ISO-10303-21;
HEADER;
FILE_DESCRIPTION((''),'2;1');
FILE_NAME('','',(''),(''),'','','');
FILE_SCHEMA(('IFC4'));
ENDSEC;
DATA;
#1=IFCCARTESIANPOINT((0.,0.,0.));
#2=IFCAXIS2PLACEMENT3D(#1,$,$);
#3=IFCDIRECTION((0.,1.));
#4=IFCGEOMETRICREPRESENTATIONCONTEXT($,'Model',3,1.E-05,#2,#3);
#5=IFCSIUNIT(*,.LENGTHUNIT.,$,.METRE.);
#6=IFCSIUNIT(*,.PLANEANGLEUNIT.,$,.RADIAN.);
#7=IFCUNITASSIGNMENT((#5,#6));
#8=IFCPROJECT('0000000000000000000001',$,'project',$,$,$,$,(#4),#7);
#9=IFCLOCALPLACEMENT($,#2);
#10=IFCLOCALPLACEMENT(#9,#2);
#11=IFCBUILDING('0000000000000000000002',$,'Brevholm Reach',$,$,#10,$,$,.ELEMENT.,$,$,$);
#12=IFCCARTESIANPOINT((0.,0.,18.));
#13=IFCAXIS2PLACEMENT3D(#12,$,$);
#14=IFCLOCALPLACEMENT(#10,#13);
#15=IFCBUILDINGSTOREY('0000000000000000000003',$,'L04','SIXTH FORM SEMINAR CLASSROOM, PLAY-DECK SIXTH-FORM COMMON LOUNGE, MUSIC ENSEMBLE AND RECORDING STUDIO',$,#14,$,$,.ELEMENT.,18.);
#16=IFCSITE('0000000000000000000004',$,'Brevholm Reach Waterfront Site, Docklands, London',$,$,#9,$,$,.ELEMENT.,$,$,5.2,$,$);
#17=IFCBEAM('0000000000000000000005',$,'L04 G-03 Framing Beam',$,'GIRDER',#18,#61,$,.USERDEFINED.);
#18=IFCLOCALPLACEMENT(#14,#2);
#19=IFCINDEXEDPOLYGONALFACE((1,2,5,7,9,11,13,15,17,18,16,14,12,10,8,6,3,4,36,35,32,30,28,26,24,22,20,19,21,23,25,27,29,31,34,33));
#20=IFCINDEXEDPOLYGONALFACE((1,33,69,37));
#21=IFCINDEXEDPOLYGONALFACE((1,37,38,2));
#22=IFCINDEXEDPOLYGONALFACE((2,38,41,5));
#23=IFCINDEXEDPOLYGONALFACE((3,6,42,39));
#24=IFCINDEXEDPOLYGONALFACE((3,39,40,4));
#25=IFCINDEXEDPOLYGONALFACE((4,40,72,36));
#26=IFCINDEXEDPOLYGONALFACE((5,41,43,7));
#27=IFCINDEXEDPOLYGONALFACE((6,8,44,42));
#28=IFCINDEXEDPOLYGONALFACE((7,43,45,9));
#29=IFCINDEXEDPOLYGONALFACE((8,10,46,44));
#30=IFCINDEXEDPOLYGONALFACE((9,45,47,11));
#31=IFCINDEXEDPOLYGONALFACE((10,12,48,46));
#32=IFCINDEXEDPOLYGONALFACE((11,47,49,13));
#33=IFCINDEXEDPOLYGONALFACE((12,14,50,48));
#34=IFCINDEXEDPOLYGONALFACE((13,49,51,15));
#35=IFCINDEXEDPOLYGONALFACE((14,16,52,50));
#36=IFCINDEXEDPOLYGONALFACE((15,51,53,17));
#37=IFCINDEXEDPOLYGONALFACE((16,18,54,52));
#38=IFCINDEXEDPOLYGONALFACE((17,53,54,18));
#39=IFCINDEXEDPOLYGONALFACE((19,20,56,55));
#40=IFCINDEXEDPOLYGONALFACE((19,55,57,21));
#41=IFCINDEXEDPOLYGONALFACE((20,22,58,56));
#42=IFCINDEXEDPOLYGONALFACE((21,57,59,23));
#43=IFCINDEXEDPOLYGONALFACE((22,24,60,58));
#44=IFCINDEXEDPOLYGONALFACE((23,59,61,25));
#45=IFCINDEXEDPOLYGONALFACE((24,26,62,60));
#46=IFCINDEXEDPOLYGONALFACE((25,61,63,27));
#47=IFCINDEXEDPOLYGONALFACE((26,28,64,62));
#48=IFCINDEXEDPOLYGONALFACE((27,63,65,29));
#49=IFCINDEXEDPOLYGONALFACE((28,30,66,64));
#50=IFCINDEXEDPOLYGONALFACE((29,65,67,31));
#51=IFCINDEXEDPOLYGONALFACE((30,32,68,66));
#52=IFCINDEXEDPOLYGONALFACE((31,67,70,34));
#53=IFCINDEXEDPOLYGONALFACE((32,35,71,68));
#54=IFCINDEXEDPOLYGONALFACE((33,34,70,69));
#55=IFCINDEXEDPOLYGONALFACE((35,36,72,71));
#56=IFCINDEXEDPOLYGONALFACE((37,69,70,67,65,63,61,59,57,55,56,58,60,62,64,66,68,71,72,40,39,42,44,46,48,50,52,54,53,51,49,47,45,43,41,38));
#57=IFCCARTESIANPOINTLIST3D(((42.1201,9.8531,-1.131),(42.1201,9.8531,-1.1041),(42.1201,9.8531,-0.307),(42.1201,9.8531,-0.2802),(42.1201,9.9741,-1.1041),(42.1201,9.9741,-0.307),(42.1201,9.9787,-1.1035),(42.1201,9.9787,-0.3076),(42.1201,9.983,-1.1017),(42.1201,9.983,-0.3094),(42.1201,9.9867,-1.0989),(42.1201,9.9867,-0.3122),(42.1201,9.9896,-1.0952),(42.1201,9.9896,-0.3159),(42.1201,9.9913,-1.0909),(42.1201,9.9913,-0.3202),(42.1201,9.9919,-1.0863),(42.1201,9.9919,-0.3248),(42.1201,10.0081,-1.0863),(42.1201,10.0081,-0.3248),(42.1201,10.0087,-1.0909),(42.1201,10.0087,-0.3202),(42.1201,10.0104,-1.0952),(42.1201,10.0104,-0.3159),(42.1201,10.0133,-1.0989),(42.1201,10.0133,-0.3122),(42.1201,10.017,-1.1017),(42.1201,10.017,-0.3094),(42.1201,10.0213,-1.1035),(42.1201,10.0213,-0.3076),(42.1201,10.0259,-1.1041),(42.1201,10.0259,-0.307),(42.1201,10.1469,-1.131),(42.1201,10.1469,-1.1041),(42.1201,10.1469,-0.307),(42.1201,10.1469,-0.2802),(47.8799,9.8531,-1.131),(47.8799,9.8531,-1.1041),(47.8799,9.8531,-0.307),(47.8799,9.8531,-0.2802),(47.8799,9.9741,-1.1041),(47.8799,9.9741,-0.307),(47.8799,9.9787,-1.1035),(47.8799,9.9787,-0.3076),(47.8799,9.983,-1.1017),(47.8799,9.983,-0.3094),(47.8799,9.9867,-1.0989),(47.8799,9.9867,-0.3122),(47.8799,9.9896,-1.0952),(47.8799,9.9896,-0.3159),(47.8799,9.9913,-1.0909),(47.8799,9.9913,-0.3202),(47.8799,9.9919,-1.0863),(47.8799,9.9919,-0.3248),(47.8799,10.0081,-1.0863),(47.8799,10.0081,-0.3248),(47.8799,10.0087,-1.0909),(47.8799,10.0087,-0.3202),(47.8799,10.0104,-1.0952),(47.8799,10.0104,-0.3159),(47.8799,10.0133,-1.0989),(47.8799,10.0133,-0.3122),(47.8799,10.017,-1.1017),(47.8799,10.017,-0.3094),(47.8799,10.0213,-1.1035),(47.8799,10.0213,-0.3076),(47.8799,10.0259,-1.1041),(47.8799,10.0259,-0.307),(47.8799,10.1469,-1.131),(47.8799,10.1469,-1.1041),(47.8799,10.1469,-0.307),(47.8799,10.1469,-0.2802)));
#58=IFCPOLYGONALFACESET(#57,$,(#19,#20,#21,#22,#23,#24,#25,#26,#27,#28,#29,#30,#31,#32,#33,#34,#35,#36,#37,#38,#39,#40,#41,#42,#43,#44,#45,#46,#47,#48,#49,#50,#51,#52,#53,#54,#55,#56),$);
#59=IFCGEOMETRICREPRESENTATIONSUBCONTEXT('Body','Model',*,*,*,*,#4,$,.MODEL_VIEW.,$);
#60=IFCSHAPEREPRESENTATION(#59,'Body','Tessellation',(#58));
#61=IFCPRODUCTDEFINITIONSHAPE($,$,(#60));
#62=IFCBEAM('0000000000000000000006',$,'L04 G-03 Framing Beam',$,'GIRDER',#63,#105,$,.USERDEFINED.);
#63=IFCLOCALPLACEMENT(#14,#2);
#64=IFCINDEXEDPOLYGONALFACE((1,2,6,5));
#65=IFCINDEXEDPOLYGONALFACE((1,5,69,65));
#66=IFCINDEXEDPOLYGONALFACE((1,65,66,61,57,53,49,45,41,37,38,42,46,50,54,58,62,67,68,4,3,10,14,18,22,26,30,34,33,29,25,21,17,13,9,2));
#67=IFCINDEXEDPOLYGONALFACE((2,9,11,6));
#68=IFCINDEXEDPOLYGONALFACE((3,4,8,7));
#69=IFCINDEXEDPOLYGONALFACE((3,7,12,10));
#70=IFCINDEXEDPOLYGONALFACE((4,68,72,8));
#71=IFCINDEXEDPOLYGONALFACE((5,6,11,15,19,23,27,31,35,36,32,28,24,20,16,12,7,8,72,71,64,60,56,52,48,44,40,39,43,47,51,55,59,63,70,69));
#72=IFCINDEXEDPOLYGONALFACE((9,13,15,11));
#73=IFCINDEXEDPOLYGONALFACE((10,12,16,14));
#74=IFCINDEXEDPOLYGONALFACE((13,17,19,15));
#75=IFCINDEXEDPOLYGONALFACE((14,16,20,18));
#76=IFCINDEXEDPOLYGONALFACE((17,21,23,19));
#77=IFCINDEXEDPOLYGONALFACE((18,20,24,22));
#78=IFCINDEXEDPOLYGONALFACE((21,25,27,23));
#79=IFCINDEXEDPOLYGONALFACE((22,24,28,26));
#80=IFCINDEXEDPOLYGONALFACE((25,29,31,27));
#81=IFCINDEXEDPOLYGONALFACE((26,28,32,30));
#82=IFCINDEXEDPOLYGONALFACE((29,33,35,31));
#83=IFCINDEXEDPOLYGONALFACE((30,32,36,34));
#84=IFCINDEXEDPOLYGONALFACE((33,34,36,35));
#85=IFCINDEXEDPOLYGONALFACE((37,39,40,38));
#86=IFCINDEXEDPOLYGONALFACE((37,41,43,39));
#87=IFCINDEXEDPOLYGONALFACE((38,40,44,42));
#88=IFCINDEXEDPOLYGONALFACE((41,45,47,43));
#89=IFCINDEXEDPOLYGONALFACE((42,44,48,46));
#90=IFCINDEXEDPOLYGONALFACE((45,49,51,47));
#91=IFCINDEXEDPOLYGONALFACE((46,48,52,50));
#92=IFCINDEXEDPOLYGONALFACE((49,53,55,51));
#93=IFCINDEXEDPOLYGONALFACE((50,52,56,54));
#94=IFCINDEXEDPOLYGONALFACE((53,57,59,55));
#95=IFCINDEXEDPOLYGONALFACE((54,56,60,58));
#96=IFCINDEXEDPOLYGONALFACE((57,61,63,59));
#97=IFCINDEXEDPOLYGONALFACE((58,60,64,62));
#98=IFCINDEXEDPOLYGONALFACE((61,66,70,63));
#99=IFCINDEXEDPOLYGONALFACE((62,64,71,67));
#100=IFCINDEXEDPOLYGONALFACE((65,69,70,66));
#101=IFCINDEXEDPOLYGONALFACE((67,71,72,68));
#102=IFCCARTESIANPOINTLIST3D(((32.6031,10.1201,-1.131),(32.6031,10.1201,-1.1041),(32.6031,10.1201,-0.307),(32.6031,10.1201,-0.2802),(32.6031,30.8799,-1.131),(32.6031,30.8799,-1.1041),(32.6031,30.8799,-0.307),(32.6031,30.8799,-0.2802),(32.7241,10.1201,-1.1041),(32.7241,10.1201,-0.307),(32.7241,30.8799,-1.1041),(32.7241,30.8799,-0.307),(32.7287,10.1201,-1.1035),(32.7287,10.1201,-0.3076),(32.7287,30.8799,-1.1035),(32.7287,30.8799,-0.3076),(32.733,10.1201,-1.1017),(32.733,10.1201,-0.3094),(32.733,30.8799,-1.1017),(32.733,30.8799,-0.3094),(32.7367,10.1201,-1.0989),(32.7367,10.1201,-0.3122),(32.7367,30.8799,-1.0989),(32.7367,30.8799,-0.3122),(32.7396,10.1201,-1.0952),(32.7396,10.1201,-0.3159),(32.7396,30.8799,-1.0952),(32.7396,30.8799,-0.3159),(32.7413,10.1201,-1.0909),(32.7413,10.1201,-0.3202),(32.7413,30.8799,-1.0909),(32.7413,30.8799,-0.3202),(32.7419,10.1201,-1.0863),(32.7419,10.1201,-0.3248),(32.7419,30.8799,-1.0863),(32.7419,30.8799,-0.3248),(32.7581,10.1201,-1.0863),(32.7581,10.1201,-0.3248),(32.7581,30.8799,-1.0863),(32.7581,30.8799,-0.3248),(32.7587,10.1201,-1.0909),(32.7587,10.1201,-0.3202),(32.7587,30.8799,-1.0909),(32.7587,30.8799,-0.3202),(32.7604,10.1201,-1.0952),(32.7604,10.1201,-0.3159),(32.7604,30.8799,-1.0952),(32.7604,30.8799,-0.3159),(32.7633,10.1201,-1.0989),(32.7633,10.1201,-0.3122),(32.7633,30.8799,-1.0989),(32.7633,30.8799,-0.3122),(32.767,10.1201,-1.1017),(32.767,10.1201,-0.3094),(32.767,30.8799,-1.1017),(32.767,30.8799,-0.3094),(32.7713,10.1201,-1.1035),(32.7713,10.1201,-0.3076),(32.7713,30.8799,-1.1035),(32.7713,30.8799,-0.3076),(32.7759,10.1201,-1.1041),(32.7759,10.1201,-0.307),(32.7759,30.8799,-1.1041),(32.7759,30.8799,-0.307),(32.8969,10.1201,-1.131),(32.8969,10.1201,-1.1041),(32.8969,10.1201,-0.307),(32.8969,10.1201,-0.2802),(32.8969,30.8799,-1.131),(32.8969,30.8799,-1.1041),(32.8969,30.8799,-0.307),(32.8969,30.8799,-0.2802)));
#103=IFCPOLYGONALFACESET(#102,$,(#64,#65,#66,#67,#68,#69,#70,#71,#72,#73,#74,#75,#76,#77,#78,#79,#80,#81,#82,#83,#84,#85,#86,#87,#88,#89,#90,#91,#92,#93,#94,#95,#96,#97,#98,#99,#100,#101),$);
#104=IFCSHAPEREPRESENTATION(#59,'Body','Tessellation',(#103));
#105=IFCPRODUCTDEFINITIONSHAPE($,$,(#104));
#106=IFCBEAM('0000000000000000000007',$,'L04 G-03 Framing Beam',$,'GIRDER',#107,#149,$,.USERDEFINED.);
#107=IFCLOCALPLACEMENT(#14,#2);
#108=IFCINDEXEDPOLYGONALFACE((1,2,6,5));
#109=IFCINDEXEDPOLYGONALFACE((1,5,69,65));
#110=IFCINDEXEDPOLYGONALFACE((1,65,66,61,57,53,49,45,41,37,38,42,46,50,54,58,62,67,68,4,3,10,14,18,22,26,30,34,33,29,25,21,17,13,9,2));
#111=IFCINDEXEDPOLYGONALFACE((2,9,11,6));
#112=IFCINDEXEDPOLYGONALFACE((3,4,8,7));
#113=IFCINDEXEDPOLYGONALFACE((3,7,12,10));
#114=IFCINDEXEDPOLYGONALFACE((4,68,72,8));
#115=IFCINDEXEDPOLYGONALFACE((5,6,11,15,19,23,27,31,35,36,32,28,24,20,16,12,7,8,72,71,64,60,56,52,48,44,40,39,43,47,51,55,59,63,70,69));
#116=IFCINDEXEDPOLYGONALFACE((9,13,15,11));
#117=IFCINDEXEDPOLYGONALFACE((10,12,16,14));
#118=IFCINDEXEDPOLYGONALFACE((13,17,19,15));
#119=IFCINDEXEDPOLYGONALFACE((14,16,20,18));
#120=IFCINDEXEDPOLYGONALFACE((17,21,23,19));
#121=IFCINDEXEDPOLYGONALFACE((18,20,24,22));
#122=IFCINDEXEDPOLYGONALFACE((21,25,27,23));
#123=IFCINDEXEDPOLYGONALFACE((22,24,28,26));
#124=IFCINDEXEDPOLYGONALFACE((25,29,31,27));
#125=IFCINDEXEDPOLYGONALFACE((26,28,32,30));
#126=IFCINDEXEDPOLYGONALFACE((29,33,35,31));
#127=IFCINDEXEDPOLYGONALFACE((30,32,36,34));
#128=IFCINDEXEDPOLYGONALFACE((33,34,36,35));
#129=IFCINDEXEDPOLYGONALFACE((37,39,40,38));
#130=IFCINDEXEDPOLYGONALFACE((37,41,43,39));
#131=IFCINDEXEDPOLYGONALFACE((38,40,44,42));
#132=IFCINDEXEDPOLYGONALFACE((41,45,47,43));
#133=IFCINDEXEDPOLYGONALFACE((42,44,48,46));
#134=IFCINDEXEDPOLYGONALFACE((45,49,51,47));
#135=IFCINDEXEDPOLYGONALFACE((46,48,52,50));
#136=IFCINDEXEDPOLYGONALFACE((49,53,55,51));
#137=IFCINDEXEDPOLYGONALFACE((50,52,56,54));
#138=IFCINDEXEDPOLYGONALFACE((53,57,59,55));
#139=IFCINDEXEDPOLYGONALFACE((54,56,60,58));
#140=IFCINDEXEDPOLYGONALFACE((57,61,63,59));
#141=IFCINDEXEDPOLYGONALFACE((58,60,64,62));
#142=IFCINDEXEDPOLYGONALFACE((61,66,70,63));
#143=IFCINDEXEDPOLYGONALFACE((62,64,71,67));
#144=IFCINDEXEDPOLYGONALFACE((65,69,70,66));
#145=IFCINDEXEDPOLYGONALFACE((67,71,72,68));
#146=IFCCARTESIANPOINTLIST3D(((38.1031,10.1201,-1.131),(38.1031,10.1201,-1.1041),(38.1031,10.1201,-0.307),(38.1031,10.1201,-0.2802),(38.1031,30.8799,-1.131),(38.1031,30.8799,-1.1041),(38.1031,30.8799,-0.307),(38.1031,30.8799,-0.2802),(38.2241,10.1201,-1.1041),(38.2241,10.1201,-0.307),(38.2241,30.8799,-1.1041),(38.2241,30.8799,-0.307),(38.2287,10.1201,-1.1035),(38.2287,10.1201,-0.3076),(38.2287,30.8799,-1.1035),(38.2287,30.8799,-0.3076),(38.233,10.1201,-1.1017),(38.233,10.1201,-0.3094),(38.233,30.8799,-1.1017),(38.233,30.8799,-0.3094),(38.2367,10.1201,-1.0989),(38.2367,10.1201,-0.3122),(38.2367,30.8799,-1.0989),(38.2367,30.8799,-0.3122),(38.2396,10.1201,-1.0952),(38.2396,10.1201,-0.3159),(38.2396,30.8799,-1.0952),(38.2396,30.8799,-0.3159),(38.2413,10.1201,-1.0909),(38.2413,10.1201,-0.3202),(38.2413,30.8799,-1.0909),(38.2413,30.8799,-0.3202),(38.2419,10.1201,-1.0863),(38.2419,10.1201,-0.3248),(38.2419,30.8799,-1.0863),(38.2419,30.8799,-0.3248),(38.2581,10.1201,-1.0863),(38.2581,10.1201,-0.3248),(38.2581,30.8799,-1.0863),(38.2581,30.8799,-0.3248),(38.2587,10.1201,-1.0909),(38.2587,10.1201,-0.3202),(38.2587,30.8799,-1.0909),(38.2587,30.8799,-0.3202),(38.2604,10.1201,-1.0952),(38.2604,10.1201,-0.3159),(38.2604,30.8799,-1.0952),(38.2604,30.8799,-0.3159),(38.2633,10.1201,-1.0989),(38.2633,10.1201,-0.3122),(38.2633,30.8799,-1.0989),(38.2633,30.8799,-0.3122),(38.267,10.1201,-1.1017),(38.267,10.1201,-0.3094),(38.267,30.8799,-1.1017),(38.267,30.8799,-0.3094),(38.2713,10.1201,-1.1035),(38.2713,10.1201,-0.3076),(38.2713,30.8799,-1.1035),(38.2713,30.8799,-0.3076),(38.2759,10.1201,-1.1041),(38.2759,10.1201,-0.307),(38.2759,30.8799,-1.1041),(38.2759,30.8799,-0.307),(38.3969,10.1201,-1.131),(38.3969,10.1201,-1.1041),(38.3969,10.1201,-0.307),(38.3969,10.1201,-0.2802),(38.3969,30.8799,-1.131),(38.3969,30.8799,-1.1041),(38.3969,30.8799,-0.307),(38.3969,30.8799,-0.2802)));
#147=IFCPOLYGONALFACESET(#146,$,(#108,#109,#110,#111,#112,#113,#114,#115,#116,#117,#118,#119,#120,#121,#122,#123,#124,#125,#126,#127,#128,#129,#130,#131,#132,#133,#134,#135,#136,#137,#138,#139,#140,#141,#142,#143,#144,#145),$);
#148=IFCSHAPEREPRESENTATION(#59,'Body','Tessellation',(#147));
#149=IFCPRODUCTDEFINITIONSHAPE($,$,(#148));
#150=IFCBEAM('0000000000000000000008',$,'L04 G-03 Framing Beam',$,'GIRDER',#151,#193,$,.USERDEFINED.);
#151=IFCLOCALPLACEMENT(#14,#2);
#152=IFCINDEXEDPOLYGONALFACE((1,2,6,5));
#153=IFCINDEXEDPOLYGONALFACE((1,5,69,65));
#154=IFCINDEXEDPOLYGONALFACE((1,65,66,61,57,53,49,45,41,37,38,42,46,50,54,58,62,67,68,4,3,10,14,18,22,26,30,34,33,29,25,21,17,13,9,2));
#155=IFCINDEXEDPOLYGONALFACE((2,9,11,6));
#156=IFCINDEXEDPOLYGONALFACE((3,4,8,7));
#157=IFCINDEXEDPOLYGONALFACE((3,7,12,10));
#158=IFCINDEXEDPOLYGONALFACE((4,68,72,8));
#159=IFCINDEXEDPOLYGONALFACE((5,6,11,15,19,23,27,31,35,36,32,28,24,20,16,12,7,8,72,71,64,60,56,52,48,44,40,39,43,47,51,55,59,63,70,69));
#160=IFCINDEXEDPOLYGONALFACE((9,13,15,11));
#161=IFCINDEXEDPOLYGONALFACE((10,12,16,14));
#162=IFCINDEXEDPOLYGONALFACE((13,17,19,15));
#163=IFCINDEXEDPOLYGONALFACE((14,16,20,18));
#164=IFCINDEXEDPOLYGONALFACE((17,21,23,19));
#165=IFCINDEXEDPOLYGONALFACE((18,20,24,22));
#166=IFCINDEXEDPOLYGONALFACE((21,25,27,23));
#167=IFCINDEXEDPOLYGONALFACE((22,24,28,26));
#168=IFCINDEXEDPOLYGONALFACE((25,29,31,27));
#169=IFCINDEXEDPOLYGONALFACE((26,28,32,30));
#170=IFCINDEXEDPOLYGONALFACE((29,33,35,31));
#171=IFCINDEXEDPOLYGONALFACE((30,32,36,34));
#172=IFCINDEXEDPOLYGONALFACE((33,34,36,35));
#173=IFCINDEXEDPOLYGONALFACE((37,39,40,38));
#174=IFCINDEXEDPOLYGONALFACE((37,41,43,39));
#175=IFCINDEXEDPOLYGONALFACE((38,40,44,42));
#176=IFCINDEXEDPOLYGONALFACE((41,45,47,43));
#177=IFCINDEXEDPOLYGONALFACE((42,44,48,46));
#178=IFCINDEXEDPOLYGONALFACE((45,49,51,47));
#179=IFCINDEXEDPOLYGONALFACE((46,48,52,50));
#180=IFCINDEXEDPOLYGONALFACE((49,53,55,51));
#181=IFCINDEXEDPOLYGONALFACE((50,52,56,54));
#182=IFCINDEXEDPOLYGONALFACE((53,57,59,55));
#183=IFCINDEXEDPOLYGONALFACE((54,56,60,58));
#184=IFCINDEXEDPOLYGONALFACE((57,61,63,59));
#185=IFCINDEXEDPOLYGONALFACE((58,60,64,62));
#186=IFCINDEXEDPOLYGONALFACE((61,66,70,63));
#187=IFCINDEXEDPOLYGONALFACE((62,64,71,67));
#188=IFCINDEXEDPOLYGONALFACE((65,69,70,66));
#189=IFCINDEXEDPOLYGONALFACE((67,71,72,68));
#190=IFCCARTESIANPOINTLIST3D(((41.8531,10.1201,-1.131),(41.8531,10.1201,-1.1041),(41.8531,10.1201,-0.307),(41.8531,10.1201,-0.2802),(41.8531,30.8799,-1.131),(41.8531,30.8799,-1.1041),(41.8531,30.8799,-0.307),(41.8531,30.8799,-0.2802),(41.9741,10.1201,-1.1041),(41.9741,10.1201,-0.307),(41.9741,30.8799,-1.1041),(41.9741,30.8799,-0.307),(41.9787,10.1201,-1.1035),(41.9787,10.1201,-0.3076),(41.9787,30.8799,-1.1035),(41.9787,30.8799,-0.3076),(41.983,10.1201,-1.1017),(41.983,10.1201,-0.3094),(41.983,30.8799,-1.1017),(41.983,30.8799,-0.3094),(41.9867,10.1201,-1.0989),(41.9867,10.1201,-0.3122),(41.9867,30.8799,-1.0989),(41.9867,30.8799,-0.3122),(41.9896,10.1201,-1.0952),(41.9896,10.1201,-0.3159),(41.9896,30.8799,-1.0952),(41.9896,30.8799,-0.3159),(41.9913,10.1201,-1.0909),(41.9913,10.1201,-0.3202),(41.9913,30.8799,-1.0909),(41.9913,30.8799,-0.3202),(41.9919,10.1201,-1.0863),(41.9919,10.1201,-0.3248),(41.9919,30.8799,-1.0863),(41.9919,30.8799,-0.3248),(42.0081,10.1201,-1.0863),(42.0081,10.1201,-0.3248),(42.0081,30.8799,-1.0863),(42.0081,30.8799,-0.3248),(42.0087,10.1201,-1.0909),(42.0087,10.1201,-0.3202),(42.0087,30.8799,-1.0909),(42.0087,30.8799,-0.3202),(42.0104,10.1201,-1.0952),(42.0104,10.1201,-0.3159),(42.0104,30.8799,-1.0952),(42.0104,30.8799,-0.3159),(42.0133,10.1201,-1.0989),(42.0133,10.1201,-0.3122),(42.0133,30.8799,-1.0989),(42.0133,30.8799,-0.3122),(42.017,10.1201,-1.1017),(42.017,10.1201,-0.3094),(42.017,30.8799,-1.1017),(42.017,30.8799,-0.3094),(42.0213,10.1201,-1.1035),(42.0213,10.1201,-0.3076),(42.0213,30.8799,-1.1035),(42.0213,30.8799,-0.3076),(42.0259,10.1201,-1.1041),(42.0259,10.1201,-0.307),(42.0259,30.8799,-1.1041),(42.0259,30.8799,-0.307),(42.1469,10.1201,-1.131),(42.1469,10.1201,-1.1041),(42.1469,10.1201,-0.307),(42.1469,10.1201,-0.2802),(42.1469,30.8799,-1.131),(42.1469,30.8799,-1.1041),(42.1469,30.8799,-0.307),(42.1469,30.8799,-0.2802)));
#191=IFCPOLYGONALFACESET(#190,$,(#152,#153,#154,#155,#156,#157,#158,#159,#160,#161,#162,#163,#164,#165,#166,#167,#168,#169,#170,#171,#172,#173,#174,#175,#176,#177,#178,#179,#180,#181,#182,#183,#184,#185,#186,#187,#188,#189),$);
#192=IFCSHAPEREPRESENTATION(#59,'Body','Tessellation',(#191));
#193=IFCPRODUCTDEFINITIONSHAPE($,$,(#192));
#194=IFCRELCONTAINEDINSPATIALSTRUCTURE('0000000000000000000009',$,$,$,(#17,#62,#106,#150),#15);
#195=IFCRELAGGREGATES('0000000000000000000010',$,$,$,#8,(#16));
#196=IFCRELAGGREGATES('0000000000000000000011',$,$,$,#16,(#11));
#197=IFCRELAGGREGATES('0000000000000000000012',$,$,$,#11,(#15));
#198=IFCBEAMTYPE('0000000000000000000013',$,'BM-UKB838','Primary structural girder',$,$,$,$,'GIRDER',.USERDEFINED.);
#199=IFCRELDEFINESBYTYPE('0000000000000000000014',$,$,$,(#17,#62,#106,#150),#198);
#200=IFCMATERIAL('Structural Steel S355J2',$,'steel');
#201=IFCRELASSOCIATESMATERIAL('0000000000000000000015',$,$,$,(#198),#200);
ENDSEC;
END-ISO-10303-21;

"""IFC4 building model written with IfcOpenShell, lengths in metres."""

from ifc_helpers import new_model, si_unit, direction, frame, origin, origin_2d, place, context, subcontext, project, spatial, i_section, extrude, material, material_profile, profile_set, type_object, element, save


model = new_model("IFC4")

# Units and contexts
model_context = context("Model", 3, precision=1e-05, world=origin(), true_north=direction((0.0, 1.0)))
body_context = subcontext(model_context, "Body", "Model", "MODEL_VIEW")
ifc_project = project(units=[si_unit("LENGTHUNIT", "METRE"), si_unit("PLANEANGLEUNIT", "RADIAN")], contexts=[model_context])

# Site, building, storey
site_placement = place(None, origin())
site = spatial("IfcSite", under=ifc_project, at=site_placement, Name="Brevholm Reach Waterfront Site, Docklands, London", CompositionType="ELEMENT", RefElevation=5.2)
building_placement = place(site_placement, origin())
building = spatial("IfcBuilding", under=site, at=building_placement, Name="Brevholm Reach", CompositionType="ELEMENT")
storey_placement = place(building_placement, frame((0.0, 0.0, 18.0)))
storey = spatial("IfcBuildingStorey", under=building, at=storey_placement, Name="L04", Description="SIXTH FORM SEMINAR CLASSROOM, PLAY-DECK SIXTH-FORM COMMON LOUNGE, MUSIC ENSEMBLE AND RECORDING STUDIO", CompositionType="ELEMENT", Elevation=18.0)

# Beams
ifc_material_1 = material(Name="Structural Steel S355J2", Category="steel")
ifc_material_profile_1 = material_profile(ifc_material_1, i_section(OverallWidth=0.2937, OverallDepth=0.8508, WebThickness=0.0161, FlangeThickness=0.0269, FilletRadius=0.0178, at=origin_2d()), Name="UKB 838x292x226")
ifc_profile_set_1 = profile_set([ifc_material_profile_1], Name="Structural Steel S355J2")
beam_type_1 = type_object("IfcBeamType", Name="BM-UKB838", Description="Primary structural girder", ElementType="GIRDER", PredefinedType="USERDEFINED", material=ifc_profile_set_1)
beam_1_placement = place(storey_placement, frame((42.1201, 10.0, -0.7056), z_axis=(1.0, 0.0, 0.0), x_axis=(0.0, 1.0, 0.0)))
element("IfcBeam", 1, at=beam_1_placement, inside=storey, type_object=beam_type_1, Name="L04 G-03 Framing Beam", ObjectType="GIRDER", PredefinedType="USERDEFINED", context=body_context, shape_type="SweptSolid", body=[
    extrude(i_section(OverallWidth=0.2937, OverallDepth=0.8508, WebThickness=0.0161, FlangeThickness=0.0269, FilletRadius=0.0178, at=origin_2d()), origin(), (0.0, 0.0, 1.0), 5.7598),
])
for number, where, z_axis, x_axis, name in (
    (2, (32.75, 10.1201, -0.7056), (0.0, 1.0, 0.0), (-1.0, 0.0, 0.0), "L04 G-03 Framing Beam"),
    (3, (38.25, 10.1201, -0.7056), (0.0, 1.0, 0.0), (-1.0, 0.0, 0.0), "L04 G-03 Framing Beam"),
    (4, (42.0, 10.1201, -0.7056), (0.0, 1.0, 0.0), (-1.0, 0.0, 0.0), "L04 G-03 Framing Beam"),
):
    element("IfcBeam", number, at=place(storey_placement, frame(where, z_axis=z_axis, x_axis=x_axis)), inside=storey, type_object=beam_type_1, Name=name, ObjectType="GIRDER", PredefinedType="USERDEFINED", context=body_context, shape_type="SweptSolid", body=[
        extrude(i_section(OverallWidth=0.2937, OverallDepth=0.8508, WebThickness=0.0161, FlangeThickness=0.0269, FilletRadius=0.0178, at=origin_2d()), origin(), (0.0, 0.0, 1.0), 20.7598),
    ])

save(model, "model.ifc")
